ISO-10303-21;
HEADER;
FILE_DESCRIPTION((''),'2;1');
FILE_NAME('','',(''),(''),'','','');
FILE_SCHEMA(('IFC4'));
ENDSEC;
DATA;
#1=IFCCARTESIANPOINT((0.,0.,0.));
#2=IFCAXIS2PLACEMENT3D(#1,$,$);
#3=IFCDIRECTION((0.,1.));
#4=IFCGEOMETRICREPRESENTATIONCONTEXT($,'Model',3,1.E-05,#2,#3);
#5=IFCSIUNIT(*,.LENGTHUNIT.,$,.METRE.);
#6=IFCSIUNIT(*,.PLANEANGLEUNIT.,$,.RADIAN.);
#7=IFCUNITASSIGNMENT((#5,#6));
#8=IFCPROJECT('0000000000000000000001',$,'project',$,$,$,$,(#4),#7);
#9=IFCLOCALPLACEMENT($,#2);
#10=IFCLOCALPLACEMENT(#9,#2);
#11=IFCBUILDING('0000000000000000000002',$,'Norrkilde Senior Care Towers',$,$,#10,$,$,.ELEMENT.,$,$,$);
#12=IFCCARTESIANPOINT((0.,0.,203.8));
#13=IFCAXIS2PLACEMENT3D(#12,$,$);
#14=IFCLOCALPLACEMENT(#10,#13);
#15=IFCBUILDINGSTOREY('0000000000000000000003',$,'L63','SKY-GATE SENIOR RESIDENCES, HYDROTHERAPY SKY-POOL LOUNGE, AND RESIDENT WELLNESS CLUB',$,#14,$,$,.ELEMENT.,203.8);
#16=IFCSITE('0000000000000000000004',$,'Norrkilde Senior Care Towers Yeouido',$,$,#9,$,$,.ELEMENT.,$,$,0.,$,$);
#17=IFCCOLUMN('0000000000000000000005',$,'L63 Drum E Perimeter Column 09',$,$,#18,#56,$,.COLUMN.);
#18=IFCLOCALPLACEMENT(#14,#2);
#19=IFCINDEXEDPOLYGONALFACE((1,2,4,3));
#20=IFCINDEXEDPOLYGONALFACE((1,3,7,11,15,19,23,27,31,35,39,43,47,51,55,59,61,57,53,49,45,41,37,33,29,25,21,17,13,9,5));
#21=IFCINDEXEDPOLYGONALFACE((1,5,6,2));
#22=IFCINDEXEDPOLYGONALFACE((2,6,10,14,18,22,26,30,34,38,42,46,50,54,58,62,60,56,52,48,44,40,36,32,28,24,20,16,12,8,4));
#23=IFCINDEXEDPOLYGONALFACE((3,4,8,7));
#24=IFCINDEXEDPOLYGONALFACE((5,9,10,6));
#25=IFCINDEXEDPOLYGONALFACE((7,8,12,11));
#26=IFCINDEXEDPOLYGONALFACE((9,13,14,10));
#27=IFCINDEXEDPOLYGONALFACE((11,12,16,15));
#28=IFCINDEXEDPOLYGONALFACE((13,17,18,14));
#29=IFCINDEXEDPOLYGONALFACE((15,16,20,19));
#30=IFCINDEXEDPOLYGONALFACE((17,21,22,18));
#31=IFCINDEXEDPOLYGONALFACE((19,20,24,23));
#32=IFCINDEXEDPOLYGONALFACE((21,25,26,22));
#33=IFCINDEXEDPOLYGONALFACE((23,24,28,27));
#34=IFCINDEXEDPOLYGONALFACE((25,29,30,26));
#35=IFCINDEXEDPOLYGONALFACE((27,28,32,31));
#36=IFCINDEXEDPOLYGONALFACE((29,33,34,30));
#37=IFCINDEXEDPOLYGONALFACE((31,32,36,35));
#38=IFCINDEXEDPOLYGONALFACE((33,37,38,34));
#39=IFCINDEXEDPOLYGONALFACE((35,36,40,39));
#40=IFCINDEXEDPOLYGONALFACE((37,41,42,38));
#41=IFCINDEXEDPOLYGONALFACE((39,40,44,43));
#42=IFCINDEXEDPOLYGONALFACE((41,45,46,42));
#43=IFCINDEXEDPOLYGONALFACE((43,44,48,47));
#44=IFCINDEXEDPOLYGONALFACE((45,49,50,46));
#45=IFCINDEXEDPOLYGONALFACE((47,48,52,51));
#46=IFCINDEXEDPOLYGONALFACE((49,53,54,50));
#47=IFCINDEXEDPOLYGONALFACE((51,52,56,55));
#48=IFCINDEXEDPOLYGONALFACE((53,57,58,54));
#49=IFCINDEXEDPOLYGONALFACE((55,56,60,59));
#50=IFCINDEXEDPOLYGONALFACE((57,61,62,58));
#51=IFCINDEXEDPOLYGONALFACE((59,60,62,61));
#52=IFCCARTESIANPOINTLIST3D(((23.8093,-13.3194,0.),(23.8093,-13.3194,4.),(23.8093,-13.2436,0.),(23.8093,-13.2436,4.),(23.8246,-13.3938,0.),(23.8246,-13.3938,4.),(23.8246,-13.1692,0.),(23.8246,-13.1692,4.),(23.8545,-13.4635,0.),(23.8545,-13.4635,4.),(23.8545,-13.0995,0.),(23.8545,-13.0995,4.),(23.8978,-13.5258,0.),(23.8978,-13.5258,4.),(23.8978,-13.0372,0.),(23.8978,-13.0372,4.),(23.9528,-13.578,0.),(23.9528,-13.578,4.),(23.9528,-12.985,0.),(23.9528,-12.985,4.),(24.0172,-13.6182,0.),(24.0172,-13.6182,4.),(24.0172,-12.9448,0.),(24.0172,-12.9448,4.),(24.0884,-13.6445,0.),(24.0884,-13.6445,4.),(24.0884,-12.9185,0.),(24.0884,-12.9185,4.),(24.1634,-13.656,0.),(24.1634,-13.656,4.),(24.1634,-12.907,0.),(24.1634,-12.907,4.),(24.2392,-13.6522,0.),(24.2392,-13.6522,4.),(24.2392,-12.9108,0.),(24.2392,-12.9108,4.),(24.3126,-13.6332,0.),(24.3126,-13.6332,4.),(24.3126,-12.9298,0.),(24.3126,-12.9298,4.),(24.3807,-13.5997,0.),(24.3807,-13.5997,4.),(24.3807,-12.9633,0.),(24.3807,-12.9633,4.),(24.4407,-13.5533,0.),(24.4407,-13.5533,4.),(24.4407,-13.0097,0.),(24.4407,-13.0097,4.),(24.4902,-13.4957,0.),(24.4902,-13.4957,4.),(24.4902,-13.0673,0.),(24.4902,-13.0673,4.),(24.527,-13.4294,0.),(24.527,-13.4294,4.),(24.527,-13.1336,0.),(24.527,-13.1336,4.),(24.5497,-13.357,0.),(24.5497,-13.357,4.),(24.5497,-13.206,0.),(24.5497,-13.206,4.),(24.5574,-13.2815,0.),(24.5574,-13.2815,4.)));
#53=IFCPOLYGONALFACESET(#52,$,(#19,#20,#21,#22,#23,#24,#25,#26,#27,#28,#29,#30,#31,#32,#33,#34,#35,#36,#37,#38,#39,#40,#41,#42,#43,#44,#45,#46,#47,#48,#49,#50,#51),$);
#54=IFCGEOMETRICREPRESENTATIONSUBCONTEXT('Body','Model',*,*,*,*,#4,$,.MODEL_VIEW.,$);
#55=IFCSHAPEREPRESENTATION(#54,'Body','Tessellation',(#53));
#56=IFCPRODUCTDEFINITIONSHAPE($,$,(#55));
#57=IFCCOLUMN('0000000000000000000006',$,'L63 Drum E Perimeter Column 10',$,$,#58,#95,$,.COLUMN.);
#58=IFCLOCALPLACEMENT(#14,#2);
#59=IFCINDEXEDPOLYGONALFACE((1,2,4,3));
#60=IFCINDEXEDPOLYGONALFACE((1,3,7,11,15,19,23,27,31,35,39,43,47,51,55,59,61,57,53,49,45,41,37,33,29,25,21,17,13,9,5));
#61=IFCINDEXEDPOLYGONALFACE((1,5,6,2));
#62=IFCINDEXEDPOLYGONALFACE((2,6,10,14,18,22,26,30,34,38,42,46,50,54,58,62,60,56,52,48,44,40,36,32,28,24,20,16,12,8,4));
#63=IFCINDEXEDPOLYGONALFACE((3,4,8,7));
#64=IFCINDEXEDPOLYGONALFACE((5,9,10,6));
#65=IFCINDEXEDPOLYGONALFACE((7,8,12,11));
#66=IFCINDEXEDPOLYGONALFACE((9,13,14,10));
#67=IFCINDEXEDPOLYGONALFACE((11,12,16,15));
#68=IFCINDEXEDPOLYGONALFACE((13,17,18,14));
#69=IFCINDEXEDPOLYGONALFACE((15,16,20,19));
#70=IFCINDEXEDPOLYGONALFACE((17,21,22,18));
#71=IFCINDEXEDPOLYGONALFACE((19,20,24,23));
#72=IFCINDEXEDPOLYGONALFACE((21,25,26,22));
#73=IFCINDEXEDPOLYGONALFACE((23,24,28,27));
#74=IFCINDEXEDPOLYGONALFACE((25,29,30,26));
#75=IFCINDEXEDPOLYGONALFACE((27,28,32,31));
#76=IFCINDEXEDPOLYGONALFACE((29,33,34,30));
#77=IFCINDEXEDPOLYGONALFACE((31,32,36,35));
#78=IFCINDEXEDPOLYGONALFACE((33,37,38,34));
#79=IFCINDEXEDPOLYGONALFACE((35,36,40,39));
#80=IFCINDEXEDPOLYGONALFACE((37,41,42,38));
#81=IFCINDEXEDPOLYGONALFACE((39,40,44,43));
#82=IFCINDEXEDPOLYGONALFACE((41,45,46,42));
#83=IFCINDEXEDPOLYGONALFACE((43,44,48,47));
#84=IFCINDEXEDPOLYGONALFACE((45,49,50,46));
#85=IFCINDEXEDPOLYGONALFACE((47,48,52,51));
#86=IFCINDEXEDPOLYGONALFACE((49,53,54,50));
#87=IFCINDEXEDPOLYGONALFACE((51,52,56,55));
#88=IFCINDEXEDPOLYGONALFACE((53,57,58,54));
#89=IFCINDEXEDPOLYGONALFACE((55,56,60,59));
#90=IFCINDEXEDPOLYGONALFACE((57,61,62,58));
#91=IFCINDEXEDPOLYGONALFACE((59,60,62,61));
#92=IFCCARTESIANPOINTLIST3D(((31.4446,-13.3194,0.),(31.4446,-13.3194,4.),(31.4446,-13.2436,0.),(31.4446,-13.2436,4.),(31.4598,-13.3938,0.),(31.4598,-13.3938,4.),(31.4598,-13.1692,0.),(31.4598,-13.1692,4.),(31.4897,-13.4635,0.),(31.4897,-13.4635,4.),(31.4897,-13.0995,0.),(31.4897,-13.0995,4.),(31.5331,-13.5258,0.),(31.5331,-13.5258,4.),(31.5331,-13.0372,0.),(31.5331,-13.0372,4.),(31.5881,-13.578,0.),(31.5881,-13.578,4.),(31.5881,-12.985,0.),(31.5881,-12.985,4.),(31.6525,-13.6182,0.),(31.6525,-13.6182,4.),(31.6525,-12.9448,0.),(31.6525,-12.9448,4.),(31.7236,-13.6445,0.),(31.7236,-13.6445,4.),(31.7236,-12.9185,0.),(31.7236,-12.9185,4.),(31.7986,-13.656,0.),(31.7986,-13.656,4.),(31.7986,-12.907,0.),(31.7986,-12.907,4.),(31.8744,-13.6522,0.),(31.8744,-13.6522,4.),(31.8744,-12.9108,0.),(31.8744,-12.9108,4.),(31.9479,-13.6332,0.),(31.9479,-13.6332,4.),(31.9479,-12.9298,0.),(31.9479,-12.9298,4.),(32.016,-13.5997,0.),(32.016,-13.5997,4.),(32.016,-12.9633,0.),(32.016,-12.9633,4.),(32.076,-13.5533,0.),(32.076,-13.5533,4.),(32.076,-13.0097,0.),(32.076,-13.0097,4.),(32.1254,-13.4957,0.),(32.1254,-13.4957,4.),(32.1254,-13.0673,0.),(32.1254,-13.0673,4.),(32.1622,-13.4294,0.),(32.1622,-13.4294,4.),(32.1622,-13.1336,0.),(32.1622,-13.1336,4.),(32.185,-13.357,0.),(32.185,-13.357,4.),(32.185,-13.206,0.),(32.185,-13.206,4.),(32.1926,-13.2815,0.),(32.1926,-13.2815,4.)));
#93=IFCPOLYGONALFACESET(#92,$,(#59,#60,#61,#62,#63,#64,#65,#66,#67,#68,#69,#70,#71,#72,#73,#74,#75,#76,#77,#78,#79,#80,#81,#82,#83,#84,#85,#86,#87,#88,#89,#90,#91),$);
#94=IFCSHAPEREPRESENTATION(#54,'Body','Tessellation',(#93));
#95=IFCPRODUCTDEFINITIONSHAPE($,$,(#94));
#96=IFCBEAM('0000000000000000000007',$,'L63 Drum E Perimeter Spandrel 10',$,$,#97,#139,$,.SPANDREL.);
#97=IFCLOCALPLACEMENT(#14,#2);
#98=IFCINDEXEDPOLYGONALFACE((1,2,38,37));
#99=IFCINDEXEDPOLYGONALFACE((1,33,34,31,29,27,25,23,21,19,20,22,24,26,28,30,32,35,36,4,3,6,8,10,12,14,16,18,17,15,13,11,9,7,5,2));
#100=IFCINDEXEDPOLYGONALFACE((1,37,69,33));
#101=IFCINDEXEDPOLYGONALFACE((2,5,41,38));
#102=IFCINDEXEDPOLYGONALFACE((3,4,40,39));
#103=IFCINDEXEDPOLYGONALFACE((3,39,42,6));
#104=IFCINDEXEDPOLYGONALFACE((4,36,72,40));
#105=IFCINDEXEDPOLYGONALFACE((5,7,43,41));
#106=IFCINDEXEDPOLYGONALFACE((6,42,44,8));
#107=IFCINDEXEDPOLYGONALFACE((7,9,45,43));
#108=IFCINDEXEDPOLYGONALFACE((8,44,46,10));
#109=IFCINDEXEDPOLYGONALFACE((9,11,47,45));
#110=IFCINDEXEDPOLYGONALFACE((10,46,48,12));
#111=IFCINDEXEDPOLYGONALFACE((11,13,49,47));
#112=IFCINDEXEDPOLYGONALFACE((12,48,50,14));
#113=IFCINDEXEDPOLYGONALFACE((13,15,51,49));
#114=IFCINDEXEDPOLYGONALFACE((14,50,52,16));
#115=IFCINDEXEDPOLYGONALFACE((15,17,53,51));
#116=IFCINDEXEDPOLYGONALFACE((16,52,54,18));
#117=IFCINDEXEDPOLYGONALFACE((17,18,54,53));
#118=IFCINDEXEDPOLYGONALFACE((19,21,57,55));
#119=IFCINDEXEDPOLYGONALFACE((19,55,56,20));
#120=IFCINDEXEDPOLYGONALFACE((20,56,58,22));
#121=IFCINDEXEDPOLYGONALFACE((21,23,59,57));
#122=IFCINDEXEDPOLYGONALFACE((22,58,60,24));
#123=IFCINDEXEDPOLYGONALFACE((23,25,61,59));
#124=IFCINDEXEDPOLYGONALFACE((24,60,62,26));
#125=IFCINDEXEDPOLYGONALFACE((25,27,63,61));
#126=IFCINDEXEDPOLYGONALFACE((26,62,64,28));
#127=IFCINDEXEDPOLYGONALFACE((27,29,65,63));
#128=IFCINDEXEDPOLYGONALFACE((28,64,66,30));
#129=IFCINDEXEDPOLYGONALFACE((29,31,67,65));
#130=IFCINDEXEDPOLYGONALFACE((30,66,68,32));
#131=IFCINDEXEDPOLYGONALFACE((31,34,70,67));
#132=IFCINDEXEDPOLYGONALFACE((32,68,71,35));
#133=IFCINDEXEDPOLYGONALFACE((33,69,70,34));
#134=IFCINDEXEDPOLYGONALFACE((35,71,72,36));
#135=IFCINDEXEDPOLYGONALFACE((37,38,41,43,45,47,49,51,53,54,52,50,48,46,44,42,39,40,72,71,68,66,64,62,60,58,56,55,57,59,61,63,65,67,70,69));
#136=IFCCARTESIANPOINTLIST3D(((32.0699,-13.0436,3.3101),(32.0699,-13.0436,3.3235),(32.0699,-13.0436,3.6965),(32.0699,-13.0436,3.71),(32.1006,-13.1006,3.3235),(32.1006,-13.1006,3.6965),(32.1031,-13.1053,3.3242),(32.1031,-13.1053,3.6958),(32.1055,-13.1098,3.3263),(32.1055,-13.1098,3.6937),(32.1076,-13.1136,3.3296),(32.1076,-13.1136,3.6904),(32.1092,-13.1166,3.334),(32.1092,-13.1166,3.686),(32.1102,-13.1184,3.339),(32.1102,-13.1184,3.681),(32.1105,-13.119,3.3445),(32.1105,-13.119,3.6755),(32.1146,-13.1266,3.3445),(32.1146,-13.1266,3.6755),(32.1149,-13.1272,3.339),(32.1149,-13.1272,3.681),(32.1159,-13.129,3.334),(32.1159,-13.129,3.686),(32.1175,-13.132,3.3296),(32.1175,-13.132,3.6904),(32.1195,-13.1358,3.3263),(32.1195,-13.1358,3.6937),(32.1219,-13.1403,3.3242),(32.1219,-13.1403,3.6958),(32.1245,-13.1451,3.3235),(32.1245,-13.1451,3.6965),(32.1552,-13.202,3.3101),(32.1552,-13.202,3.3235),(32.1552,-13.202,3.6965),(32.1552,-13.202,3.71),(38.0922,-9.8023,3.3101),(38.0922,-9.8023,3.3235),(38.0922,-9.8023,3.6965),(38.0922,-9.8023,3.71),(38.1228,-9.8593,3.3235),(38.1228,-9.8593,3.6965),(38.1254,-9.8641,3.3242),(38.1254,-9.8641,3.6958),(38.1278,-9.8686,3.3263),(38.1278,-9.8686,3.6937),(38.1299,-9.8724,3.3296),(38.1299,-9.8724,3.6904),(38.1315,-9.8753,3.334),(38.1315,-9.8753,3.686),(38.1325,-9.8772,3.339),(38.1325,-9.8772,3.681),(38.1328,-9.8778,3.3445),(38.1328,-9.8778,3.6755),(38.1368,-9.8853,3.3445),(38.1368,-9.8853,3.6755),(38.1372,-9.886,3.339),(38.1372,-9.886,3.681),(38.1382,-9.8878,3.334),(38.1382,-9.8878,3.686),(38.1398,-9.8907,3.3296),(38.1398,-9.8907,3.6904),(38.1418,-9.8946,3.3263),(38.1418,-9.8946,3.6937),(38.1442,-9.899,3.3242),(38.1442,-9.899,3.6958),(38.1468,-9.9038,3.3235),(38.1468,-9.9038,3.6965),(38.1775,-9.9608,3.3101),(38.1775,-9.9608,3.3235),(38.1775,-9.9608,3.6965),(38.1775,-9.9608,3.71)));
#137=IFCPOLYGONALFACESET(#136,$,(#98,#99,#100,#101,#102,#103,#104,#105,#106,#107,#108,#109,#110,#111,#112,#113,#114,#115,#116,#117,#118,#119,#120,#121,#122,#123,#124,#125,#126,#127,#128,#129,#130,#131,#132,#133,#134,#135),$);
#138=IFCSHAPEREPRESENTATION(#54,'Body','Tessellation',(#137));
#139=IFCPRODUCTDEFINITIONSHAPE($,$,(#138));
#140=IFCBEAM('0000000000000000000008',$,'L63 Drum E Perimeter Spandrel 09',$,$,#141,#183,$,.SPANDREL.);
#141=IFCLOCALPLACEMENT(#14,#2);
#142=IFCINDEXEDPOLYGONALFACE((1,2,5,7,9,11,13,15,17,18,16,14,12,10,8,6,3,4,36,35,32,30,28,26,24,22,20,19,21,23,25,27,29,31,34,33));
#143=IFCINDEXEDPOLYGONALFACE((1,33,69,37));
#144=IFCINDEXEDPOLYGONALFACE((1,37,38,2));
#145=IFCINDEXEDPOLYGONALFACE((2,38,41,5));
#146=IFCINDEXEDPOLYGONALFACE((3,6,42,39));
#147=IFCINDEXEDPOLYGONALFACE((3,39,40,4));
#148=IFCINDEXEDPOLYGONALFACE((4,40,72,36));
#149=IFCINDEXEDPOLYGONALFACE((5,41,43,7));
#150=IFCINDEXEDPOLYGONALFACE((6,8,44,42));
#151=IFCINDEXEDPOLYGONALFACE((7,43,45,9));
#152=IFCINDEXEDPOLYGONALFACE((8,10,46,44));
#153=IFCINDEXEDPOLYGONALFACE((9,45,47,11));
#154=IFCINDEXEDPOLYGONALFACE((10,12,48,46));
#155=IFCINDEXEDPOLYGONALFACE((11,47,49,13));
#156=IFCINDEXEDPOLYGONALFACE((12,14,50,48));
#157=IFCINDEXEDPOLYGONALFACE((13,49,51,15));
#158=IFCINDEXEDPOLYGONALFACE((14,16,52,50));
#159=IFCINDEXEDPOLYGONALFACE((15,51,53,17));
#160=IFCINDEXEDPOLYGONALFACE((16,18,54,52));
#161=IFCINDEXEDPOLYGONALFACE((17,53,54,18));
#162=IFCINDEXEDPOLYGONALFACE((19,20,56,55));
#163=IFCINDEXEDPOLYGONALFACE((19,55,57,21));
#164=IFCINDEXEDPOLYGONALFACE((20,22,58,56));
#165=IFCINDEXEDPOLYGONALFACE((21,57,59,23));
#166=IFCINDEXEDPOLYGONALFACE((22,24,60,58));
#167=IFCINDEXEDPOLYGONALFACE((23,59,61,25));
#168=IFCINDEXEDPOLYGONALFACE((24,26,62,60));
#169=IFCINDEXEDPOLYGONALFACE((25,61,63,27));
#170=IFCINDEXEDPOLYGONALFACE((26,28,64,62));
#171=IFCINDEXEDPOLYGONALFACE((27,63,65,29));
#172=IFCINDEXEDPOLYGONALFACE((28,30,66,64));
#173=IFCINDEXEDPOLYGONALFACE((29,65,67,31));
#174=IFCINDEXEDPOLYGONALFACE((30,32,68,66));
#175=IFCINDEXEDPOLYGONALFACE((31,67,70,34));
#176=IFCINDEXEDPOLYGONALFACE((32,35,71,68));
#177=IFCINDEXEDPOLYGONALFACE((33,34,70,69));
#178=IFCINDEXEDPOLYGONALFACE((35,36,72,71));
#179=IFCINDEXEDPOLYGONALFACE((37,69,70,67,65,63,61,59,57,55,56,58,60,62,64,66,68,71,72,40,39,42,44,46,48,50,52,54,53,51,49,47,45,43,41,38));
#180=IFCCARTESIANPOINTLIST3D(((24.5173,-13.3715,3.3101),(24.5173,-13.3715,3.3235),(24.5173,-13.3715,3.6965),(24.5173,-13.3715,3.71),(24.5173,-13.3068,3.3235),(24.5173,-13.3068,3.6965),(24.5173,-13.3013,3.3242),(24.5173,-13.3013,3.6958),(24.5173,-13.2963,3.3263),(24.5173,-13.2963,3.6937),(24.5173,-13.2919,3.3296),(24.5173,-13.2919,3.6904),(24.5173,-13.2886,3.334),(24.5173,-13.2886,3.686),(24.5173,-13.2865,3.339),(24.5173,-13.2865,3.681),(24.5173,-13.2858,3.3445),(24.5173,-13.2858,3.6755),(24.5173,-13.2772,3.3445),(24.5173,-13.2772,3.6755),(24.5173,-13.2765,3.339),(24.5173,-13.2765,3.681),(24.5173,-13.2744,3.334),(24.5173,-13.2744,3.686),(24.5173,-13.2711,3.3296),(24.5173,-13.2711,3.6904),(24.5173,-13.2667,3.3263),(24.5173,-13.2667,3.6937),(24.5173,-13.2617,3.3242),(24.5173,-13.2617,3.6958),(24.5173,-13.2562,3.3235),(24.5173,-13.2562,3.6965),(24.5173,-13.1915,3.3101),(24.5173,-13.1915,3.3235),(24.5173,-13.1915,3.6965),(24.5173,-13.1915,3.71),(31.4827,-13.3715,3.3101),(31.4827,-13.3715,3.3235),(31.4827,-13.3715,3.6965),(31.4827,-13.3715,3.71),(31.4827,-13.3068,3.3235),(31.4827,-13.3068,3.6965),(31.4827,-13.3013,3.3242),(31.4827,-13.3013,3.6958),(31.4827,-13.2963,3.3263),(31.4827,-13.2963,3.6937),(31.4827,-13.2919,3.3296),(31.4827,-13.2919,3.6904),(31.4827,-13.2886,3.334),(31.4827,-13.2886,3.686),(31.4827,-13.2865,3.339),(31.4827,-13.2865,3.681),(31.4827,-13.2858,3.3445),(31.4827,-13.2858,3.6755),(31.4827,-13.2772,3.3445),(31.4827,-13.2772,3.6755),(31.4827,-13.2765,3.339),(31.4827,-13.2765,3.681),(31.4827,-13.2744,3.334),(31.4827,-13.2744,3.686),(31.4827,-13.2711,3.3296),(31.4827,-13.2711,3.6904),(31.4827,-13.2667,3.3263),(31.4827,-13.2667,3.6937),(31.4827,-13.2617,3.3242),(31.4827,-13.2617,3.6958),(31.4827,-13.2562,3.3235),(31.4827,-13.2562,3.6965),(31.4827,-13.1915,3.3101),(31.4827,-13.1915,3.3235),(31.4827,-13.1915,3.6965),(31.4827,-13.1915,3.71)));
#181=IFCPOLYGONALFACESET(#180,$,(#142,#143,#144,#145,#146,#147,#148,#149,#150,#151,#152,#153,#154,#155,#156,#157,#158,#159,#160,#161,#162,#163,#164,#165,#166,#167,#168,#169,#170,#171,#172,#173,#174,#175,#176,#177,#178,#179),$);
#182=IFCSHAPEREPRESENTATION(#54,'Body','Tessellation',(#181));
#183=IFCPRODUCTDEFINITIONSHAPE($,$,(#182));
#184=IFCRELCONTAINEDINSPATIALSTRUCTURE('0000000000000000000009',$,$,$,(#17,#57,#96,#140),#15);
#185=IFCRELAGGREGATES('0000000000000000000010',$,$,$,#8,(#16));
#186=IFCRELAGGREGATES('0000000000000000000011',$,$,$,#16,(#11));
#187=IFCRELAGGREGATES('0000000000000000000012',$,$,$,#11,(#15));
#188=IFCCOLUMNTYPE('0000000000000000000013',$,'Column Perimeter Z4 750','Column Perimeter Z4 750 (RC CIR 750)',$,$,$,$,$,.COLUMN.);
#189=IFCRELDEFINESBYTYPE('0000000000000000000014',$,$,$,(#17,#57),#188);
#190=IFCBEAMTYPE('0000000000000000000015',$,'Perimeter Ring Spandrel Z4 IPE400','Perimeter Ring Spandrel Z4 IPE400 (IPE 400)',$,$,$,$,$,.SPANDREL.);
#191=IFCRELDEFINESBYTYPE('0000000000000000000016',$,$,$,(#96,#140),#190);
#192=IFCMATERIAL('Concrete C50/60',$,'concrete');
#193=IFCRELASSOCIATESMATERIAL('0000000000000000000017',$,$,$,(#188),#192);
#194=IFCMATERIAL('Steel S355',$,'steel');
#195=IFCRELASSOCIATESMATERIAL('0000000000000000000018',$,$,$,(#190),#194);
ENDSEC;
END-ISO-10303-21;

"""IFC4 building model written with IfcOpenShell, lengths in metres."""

from ifc_helpers import new_model, si_unit, direction, frame, origin, origin_2d, place, context, subcontext, project, spatial, circle, i_section, extrude, source, transform, mapped, material, material_profile, profile_set, type_object, type_shapes, element, save


model = new_model("IFC4")

# Units and contexts
model_context = context("Model", 3, precision=1e-05, world=origin(), true_north=direction((0.0, 1.0)))
body_context = subcontext(model_context, "Body", "Model", "MODEL_VIEW")
ifc_project = project(units=[si_unit("LENGTHUNIT", "METRE"), si_unit("PLANEANGLEUNIT", "RADIAN")], contexts=[model_context])

# Site, building, storey
site_placement = place(None, origin())
site = spatial("IfcSite", under=ifc_project, at=site_placement, Name="Norrkilde Senior Care Towers Yeouido", CompositionType="ELEMENT", RefElevation=0.0)
building_placement = place(site_placement, origin())
building = spatial("IfcBuilding", under=site, at=building_placement, Name="Norrkilde Senior Care Towers", CompositionType="ELEMENT")
storey_placement = place(building_placement, frame((0.0, 0.0, 203.8)))
storey = spatial("IfcBuildingStorey", under=building, at=storey_placement, Name="L63", Description="SKY-GATE SENIOR RESIDENCES, HYDROTHERAPY SKY-POOL LOUNGE, AND RESIDENT WELLNESS CLUB", CompositionType="ELEMENT", Elevation=203.8)

# Columns
ifc_material_1 = material(Name="Concrete C50/60", Category="concrete")
ifc_material_profile_1 = material_profile(ifc_material_1, circle(Radius=0.375, at=origin_2d()), Name="RC CIR 750")
ifc_profile_set_1 = profile_set([ifc_material_profile_1], Name="Concrete C50/60")
column_type = type_object("IfcColumnType", Name="Column Perimeter Z4 750", Description="Column Perimeter Z4 750 (RC CIR 750)", PredefinedType="COLUMN", material=ifc_profile_set_1)
shared_shape_1 = source(origin(), body_context, "Body", "SweptSolid", [
    extrude(circle(Radius=0.375, at=origin_2d()), origin(), (0.0, 0.0, 1.0), 4.0),
])
type_shapes(column_type, [shared_shape_1])
for number, where, z_axis, x_axis, name in (
    (1, (24.1824, -13.2815, 0.0), (0.0, 0.0, 1.0), (1.0, 0.0, 0.0), "L63 Drum E Perimeter Column 09"),
    (2, (31.8176, -13.2815, 0.0), (0.0, 0.0, 1.0), (1.0, 0.0, 0.0), "L63 Drum E Perimeter Column 10"),
):
    element("IfcColumn", number, at=place(storey_placement, frame(where, z_axis=z_axis, x_axis=x_axis)), inside=storey, type_object=column_type, Name=name, PredefinedType="COLUMN", context=body_context, shape_type="MappedRepresentation", body=[
        mapped(shared_shape_1, transform((0.0, 0.0, 0.0), x_axis=(1.0, 0.0, 0.0), y_axis=(0.0, 1.0, 0.0), z_axis=(0.0, 0.0, 1.0), scale=1.0)),
    ])

# Beams
ifc_material_2 = material(Name="Steel S355", Category="steel")
ifc_material_profile_2 = material_profile(ifc_material_2, i_section(OverallWidth=0.1799, OverallDepth=0.3999, WebThickness=0.0085, FlangeThickness=0.0134, FilletRadius=0.021, at=origin_2d()), Name="IPE 400")
ifc_profile_set_2 = profile_set([ifc_material_profile_2], Name="Steel S355")
beam_type_1 = type_object("IfcBeamType", Name="Perimeter Ring Spandrel Z4 IPE400", Description="Perimeter Ring Spandrel Z4 IPE400 (IPE 400)", PredefinedType="SPANDREL", material=ifc_profile_set_2)
shared_shape_2 = source(origin(), body_context, "Body", "SweptSolid", [
    extrude(i_section(OverallWidth=0.1799, OverallDepth=0.3999, WebThickness=0.0085, FlangeThickness=0.0134, FilletRadius=0.021, at=origin_2d()), origin(), (0.0, 0.0, 1.0), 6.8391),
])
beam_1_placement = place(storey_placement, frame((32.1125, -13.1228, 3.51), z_axis=(0.880564, 0.473927, 0.0), x_axis=(-0.473927, 0.880564, 0.0)))
element("IfcBeam", 3, at=beam_1_placement, inside=storey, type_object=beam_type_1, Name="L63 Drum E Perimeter Spandrel 10", PredefinedType="SPANDREL", context=body_context, shape_type="MappedRepresentation", body=[
    mapped(shared_shape_2, transform((0.0, 0.0, 0.0), x_axis=(1.0, 0.0, 0.0), y_axis=(0.0, 1.0, 0.0), z_axis=(0.0, 0.0, 1.0), scale=1.0)),
])
shared_shape_3 = source(origin(), body_context, "Body", "SweptSolid", [
    extrude(i_section(OverallWidth=0.1799, OverallDepth=0.3999, WebThickness=0.0085, FlangeThickness=0.0134, FilletRadius=0.021, at=origin_2d()), origin(), (0.0, 0.0, 1.0), 6.9653),
])
type_shapes(beam_type_1, [shared_shape_2, shared_shape_3])
beam_2_placement = place(storey_placement, frame((24.5173, -13.2815, 3.51), z_axis=(1.0, 0.0, 0.0), x_axis=(0.0, 1.0, 0.0)))
element("IfcBeam", 4, at=beam_2_placement, inside=storey, type_object=beam_type_1, Name="L63 Drum E Perimeter Spandrel 09", PredefinedType="SPANDREL", context=body_context, shape_type="MappedRepresentation", body=[
    mapped(shared_shape_3, transform((0.0, 0.0, 0.0), x_axis=(1.0, 0.0, 0.0), y_axis=(0.0, 1.0, 0.0), z_axis=(0.0, 0.0, 1.0), scale=1.0)),
])

save(model, "model.ifc")
